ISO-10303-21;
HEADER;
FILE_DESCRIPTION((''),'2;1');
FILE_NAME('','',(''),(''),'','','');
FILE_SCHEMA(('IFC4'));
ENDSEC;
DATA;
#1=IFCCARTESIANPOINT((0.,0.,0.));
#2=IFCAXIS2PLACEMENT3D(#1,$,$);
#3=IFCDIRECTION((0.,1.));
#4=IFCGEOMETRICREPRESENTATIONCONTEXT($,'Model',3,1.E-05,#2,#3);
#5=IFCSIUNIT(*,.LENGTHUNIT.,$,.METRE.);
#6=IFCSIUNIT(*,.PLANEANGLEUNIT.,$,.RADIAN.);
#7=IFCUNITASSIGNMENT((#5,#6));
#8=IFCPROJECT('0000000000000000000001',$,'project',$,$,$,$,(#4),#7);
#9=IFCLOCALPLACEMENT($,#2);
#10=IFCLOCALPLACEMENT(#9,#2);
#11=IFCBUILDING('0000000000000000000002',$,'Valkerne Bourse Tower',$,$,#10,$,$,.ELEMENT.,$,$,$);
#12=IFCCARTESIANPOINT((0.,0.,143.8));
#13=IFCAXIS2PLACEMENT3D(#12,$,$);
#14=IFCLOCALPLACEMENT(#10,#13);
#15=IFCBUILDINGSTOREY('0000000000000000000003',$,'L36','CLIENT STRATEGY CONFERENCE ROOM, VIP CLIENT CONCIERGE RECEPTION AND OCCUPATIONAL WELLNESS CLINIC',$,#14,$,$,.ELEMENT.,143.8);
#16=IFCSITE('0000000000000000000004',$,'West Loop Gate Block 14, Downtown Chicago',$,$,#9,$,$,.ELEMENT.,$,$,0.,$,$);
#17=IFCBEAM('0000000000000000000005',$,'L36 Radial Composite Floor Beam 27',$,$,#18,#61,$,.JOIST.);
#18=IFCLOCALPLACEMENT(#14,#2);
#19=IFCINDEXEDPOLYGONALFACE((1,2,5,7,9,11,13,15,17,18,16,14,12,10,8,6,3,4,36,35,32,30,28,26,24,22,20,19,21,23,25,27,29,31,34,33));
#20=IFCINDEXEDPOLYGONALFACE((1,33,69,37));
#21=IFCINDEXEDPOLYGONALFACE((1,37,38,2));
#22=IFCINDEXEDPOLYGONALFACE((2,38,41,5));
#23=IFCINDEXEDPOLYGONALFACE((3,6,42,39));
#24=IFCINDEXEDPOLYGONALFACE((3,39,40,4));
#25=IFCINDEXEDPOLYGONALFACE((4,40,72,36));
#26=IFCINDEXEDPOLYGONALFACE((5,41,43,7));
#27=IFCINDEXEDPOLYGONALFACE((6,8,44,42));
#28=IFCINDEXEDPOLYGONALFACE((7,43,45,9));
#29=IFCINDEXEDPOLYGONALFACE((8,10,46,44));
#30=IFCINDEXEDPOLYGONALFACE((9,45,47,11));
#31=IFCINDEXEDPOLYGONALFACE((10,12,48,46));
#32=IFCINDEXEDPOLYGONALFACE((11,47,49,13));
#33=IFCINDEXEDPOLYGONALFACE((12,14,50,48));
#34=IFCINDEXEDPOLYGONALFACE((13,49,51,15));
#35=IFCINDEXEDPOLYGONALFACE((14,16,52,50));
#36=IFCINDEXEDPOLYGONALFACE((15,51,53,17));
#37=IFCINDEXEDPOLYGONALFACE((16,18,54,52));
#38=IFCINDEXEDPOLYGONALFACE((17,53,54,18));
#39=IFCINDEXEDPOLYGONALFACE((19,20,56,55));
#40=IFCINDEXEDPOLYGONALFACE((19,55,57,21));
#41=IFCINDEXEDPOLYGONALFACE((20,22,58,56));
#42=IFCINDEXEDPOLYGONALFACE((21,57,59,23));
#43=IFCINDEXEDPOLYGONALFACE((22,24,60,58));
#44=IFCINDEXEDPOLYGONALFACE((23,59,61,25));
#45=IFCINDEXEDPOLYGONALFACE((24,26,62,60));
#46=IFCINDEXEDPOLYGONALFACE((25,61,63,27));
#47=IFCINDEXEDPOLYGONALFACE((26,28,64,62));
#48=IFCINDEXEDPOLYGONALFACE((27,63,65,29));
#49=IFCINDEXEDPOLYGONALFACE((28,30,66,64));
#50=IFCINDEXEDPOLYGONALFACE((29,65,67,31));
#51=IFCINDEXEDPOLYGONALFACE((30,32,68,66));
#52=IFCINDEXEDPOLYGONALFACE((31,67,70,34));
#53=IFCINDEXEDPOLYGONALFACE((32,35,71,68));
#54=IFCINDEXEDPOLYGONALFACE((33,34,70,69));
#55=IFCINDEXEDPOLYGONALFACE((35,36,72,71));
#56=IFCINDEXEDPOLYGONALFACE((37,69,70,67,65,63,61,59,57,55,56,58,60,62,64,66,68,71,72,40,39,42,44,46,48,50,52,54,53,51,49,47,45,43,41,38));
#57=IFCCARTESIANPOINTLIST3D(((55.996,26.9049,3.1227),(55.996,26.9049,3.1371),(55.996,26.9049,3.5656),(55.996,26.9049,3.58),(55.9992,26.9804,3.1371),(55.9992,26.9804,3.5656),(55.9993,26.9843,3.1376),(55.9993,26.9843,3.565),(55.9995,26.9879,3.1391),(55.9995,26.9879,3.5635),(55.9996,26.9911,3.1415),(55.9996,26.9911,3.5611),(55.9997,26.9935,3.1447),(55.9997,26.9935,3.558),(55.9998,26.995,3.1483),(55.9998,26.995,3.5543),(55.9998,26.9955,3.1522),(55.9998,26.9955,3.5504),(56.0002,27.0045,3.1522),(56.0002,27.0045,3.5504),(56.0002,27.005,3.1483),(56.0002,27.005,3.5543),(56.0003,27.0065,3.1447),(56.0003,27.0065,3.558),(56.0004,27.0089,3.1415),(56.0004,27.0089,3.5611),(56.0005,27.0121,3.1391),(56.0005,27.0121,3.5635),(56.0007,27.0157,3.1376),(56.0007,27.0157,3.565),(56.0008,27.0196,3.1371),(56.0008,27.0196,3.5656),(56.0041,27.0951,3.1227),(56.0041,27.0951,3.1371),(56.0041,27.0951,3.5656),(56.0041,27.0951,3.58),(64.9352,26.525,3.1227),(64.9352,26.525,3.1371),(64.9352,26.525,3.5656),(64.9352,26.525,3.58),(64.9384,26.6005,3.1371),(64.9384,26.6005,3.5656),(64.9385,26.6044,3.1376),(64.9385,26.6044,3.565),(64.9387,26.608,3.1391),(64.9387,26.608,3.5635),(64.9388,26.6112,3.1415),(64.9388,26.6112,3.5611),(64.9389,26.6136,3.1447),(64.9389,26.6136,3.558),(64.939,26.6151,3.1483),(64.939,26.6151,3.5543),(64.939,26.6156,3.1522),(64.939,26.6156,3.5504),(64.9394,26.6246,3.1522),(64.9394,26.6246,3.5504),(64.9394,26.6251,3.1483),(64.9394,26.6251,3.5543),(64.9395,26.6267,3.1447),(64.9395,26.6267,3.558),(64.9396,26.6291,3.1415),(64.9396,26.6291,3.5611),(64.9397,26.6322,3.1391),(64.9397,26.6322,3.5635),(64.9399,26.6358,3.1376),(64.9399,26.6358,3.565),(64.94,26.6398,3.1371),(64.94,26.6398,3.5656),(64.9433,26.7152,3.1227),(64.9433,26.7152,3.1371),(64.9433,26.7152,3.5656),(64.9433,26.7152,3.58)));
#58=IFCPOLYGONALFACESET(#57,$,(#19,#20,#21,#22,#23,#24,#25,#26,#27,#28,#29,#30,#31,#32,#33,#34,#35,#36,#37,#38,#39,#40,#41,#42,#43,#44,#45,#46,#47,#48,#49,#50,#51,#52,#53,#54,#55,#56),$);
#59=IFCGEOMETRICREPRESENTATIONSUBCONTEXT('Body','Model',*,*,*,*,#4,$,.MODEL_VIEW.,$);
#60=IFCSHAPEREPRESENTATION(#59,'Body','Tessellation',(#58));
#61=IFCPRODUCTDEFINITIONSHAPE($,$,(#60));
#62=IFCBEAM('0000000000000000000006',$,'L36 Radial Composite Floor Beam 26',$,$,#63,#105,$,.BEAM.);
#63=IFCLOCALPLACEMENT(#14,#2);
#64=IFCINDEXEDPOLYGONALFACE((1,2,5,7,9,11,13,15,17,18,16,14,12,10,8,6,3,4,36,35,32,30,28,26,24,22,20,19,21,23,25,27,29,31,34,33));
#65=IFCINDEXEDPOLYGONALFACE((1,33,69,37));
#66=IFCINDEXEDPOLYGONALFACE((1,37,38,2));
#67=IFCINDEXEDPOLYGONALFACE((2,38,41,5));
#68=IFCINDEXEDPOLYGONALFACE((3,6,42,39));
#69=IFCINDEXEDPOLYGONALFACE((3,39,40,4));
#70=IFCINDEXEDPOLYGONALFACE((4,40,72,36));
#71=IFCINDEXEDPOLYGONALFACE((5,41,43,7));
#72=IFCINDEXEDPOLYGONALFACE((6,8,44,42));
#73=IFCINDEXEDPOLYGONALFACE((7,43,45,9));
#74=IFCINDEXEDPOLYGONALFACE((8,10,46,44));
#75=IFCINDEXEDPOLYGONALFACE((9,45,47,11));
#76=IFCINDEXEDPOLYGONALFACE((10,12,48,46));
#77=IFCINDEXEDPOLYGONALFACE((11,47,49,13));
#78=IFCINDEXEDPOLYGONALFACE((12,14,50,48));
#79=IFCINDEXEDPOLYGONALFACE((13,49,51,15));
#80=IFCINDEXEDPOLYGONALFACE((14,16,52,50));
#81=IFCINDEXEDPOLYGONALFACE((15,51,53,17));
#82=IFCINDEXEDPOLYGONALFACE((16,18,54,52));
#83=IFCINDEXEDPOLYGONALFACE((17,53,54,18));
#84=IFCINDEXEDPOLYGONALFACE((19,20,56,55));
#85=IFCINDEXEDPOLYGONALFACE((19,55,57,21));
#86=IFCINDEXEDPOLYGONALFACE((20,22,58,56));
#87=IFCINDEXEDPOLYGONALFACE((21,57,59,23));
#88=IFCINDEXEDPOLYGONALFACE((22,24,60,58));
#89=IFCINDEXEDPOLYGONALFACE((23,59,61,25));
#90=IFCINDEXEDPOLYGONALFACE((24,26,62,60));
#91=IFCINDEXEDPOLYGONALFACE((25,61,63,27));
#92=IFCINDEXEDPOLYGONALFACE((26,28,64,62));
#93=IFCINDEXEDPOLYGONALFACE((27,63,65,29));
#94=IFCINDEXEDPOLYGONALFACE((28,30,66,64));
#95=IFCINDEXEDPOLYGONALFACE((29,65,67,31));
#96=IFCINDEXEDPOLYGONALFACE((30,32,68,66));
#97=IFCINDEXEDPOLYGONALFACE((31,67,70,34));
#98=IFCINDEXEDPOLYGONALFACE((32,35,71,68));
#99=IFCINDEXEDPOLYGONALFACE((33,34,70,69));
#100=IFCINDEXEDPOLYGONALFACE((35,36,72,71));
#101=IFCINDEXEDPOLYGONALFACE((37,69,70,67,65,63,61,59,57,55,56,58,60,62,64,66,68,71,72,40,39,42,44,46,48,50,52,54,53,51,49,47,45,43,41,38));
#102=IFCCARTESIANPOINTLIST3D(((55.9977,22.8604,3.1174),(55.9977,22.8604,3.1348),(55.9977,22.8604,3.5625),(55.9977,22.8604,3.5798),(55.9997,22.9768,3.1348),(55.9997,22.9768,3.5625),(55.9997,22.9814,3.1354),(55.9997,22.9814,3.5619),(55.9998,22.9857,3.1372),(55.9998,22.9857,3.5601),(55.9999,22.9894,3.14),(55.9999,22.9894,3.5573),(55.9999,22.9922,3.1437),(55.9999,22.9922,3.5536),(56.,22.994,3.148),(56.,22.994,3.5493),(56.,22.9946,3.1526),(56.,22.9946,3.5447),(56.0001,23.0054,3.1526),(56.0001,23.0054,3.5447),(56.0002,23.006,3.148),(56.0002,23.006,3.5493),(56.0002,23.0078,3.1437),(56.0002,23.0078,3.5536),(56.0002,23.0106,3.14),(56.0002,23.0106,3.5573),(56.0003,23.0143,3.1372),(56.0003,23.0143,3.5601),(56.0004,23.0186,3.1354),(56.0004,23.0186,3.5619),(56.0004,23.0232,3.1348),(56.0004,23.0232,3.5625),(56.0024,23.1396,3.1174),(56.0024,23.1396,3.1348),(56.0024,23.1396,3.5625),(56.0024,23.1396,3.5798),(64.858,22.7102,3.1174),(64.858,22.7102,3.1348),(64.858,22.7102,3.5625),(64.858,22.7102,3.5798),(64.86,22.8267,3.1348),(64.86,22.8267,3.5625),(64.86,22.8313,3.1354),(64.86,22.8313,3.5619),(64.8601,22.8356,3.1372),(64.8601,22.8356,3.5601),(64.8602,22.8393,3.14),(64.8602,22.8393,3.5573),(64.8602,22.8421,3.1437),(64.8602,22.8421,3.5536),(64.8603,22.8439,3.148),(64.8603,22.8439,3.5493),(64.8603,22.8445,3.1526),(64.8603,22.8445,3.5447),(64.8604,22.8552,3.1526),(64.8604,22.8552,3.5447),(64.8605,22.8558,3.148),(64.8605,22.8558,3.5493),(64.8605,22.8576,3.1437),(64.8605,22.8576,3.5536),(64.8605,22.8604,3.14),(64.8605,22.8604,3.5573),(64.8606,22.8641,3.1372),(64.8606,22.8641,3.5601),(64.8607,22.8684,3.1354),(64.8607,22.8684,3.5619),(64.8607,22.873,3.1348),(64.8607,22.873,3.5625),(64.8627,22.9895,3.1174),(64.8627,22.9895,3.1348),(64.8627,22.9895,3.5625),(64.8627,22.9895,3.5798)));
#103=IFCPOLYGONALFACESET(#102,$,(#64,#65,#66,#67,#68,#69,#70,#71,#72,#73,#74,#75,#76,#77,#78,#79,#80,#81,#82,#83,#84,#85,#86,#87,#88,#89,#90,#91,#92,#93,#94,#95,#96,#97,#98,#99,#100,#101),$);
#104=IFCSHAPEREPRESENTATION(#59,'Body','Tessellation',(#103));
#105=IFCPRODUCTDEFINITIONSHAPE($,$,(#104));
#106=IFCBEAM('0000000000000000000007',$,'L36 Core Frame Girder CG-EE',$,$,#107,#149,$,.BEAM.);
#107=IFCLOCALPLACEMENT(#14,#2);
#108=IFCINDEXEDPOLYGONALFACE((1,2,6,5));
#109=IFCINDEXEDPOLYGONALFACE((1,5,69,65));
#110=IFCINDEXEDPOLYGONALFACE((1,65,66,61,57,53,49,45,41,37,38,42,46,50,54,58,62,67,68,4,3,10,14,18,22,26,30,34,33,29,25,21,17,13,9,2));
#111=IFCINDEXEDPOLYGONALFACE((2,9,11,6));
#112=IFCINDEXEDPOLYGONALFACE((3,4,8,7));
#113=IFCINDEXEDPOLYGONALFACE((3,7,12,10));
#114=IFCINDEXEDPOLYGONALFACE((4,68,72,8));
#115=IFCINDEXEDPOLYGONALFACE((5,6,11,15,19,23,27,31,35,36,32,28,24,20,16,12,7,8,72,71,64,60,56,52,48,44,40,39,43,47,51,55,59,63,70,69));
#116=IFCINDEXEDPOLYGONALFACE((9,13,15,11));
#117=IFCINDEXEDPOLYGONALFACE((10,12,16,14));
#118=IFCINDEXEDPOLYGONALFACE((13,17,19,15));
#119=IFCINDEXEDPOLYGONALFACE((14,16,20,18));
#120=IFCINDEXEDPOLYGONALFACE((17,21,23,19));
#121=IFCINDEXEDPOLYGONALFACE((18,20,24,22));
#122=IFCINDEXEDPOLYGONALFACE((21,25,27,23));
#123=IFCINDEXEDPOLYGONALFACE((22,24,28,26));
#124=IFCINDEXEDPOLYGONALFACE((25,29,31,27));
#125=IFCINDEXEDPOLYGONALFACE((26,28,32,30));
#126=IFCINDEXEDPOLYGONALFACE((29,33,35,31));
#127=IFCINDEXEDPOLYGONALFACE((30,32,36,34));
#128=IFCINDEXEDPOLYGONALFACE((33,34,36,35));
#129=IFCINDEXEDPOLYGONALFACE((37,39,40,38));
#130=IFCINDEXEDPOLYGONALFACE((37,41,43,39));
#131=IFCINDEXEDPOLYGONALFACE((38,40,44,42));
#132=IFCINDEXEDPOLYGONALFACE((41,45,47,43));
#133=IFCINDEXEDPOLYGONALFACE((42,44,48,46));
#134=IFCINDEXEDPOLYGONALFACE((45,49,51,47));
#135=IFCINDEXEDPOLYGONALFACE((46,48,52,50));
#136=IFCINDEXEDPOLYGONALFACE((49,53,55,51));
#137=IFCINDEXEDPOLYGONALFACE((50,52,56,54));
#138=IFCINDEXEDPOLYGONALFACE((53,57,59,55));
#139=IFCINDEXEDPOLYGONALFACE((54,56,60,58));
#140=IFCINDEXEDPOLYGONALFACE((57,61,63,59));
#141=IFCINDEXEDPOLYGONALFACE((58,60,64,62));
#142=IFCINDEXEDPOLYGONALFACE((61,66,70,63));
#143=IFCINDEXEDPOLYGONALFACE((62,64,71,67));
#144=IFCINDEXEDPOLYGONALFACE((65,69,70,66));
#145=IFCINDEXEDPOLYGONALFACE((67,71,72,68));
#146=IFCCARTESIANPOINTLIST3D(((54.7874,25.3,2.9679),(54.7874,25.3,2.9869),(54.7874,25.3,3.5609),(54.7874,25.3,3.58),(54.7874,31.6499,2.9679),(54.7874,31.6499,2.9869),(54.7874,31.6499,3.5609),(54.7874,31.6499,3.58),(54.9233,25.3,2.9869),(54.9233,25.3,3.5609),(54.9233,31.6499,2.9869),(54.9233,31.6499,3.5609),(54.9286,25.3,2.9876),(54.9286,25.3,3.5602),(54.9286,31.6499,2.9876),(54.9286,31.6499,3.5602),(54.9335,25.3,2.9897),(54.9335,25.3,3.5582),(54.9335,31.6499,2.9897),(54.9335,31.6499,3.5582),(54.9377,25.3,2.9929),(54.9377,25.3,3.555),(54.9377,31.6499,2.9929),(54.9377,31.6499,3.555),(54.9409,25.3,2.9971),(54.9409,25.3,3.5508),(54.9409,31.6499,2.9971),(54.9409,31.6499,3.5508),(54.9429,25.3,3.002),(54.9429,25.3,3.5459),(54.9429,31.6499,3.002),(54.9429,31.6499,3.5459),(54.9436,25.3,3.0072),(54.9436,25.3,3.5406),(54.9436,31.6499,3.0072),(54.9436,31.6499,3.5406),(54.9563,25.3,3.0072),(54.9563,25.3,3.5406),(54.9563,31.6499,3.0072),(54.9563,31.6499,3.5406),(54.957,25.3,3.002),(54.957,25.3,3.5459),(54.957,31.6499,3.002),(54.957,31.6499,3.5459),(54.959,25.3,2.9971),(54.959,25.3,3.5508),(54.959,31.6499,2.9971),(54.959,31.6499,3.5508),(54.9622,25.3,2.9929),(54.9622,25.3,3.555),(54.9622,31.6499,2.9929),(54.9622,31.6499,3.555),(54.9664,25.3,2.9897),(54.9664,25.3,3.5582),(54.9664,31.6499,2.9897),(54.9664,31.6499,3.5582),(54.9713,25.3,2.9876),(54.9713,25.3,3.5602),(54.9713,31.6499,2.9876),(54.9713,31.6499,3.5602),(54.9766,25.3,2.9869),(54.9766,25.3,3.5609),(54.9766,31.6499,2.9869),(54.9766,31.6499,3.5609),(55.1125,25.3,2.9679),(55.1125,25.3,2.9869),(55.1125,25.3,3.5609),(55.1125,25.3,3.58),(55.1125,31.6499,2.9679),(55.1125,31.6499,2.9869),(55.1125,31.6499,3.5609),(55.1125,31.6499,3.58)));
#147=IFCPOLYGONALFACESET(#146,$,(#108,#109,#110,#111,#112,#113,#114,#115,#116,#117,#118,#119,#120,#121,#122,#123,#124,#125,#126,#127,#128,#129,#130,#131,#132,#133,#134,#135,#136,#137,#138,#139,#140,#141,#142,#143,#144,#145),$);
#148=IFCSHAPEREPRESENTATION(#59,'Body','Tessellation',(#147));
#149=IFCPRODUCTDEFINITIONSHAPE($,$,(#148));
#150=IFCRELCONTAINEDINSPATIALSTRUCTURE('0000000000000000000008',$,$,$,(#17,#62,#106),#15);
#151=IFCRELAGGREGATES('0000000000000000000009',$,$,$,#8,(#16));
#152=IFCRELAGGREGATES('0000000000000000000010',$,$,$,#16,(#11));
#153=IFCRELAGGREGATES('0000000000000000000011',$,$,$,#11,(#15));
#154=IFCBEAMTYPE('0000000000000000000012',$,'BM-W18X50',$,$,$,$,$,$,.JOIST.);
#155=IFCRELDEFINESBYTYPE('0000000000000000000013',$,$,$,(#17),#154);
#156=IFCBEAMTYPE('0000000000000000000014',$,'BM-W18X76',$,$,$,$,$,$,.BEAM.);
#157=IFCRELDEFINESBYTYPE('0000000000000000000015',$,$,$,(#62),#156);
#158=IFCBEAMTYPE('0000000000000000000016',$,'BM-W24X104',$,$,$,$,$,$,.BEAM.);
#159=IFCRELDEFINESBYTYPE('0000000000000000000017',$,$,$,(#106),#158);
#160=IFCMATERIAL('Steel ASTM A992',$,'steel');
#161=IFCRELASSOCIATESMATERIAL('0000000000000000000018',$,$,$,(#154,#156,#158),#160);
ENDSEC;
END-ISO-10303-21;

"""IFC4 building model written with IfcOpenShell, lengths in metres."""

from ifc_helpers import new_model, si_unit, direction, frame, origin, origin_2d, place, context, subcontext, project, spatial, i_section, extrude, material, material_profile, profile_set, type_object, element, save


model = new_model("IFC4")

# Units and contexts
model_context = context("Model", 3, precision=1e-05, world=origin(), true_north=direction((0.0, 1.0)))
body_context = subcontext(model_context, "Body", "Model", "MODEL_VIEW")
ifc_project = project(units=[si_unit("LENGTHUNIT", "METRE"), si_unit("PLANEANGLEUNIT", "RADIAN")], contexts=[model_context])

# Site, building, storey
site_placement = place(None, origin())
site = spatial("IfcSite", under=ifc_project, at=site_placement, Name="West Loop Gate Block 14, Downtown Chicago", CompositionType="ELEMENT", RefElevation=0.0)
building_placement = place(site_placement, origin())
building = spatial("IfcBuilding", under=site, at=building_placement, Name="Valkerne Bourse Tower", CompositionType="ELEMENT")
storey_placement = place(building_placement, frame((0.0, 0.0, 143.8)))
storey = spatial("IfcBuildingStorey", under=building, at=storey_placement, Name="L36", Description="CLIENT STRATEGY CONFERENCE ROOM, VIP CLIENT CONCIERGE RECEPTION AND OCCUPATIONAL WELLNESS CLINIC", CompositionType="ELEMENT", Elevation=143.8)

# Beams
ifc_material_1 = material(Name="Steel ASTM A992", Category="steel")
ifc_material_profile_1 = material_profile(ifc_material_1, i_section(OverallWidth=0.1904, OverallDepth=0.4573, WebThickness=0.009, FlangeThickness=0.0144, FilletRadius=0.0151, at=origin_2d()), Name="W18X50")
ifc_profile_set_1 = profile_set([ifc_material_profile_1], Name="Steel ASTM A992")
beam_type_1 = type_object("IfcBeamType", Name="BM-W18X50", PredefinedType="JOIST", material=ifc_profile_set_1)
beam_1_placement = place(storey_placement, frame((64.9392, 26.6201, 3.3513), z_axis=(-0.999098, 0.042458, 0.0), x_axis=(-0.042458, -0.999098, 0.0)))
element("IfcBeam", 1, at=beam_1_placement, inside=storey, type_object=beam_type_1, Name="L36 Radial Composite Floor Beam 27", PredefinedType="JOIST", context=body_context, shape_type="SweptSolid", body=[
    extrude(i_section(OverallWidth=0.1904, OverallDepth=0.4573, WebThickness=0.009, FlangeThickness=0.0144, FilletRadius=0.0151, at=origin_2d()), origin(), (0.0, 0.0, 1.0), 8.9473),
])
ifc_material_profile_2 = material_profile(ifc_material_1, i_section(OverallWidth=0.2793, OverallDepth=0.4624, WebThickness=0.0107, FlangeThickness=0.0173, FilletRadius=0.0178, at=origin_2d()), Name="W18X76")
ifc_profile_set_2 = profile_set([ifc_material_profile_2], Name="Steel ASTM A992")
beam_type_2 = type_object("IfcBeamType", Name="BM-W18X76", PredefinedType="BEAM", material=ifc_profile_set_2)
beam_2_placement = place(storey_placement, frame((64.8604, 22.8499, 3.3486), z_axis=(-0.999856, 0.016943, 0.0), x_axis=(-0.016943, -0.999856, 0.0)))
element("IfcBeam", 2, at=beam_2_placement, inside=storey, type_object=beam_type_2, Name="L36 Radial Composite Floor Beam 26", PredefinedType="BEAM", context=body_context, shape_type="SweptSolid", body=[
    extrude(i_section(OverallWidth=0.2793, OverallDepth=0.4624, WebThickness=0.0107, FlangeThickness=0.0173, FilletRadius=0.0178, at=origin_2d()), origin(), (0.0, 0.0, 1.0), 8.8616),
])
ifc_material_profile_3 = material_profile(ifc_material_1, i_section(OverallWidth=0.3252, OverallDepth=0.6121, WebThickness=0.0127, FlangeThickness=0.019, FilletRadius=0.0203, at=origin_2d()), Name="W24X104")
ifc_profile_set_3 = profile_set([ifc_material_profile_3], Name="Steel ASTM A992")
beam_type_3 = type_object("IfcBeamType", Name="BM-W24X104", PredefinedType="BEAM", material=ifc_profile_set_3)
beam_3_placement = place(storey_placement, frame((54.95, 25.3, 3.2739), z_axis=(0.0, 1.0, 0.0), x_axis=(-1.0, 0.0, 0.0)))
element("IfcBeam", 3, at=beam_3_placement, inside=storey, type_object=beam_type_3, Name="L36 Core Frame Girder CG-EE", PredefinedType="BEAM", context=body_context, shape_type="SweptSolid", body=[
    extrude(i_section(OverallWidth=0.3252, OverallDepth=0.6121, WebThickness=0.0127, FlangeThickness=0.019, FilletRadius=0.0203, at=origin_2d()), origin(), (0.0, 0.0, 1.0), 6.3499),
])

save(model, "model.ifc")
